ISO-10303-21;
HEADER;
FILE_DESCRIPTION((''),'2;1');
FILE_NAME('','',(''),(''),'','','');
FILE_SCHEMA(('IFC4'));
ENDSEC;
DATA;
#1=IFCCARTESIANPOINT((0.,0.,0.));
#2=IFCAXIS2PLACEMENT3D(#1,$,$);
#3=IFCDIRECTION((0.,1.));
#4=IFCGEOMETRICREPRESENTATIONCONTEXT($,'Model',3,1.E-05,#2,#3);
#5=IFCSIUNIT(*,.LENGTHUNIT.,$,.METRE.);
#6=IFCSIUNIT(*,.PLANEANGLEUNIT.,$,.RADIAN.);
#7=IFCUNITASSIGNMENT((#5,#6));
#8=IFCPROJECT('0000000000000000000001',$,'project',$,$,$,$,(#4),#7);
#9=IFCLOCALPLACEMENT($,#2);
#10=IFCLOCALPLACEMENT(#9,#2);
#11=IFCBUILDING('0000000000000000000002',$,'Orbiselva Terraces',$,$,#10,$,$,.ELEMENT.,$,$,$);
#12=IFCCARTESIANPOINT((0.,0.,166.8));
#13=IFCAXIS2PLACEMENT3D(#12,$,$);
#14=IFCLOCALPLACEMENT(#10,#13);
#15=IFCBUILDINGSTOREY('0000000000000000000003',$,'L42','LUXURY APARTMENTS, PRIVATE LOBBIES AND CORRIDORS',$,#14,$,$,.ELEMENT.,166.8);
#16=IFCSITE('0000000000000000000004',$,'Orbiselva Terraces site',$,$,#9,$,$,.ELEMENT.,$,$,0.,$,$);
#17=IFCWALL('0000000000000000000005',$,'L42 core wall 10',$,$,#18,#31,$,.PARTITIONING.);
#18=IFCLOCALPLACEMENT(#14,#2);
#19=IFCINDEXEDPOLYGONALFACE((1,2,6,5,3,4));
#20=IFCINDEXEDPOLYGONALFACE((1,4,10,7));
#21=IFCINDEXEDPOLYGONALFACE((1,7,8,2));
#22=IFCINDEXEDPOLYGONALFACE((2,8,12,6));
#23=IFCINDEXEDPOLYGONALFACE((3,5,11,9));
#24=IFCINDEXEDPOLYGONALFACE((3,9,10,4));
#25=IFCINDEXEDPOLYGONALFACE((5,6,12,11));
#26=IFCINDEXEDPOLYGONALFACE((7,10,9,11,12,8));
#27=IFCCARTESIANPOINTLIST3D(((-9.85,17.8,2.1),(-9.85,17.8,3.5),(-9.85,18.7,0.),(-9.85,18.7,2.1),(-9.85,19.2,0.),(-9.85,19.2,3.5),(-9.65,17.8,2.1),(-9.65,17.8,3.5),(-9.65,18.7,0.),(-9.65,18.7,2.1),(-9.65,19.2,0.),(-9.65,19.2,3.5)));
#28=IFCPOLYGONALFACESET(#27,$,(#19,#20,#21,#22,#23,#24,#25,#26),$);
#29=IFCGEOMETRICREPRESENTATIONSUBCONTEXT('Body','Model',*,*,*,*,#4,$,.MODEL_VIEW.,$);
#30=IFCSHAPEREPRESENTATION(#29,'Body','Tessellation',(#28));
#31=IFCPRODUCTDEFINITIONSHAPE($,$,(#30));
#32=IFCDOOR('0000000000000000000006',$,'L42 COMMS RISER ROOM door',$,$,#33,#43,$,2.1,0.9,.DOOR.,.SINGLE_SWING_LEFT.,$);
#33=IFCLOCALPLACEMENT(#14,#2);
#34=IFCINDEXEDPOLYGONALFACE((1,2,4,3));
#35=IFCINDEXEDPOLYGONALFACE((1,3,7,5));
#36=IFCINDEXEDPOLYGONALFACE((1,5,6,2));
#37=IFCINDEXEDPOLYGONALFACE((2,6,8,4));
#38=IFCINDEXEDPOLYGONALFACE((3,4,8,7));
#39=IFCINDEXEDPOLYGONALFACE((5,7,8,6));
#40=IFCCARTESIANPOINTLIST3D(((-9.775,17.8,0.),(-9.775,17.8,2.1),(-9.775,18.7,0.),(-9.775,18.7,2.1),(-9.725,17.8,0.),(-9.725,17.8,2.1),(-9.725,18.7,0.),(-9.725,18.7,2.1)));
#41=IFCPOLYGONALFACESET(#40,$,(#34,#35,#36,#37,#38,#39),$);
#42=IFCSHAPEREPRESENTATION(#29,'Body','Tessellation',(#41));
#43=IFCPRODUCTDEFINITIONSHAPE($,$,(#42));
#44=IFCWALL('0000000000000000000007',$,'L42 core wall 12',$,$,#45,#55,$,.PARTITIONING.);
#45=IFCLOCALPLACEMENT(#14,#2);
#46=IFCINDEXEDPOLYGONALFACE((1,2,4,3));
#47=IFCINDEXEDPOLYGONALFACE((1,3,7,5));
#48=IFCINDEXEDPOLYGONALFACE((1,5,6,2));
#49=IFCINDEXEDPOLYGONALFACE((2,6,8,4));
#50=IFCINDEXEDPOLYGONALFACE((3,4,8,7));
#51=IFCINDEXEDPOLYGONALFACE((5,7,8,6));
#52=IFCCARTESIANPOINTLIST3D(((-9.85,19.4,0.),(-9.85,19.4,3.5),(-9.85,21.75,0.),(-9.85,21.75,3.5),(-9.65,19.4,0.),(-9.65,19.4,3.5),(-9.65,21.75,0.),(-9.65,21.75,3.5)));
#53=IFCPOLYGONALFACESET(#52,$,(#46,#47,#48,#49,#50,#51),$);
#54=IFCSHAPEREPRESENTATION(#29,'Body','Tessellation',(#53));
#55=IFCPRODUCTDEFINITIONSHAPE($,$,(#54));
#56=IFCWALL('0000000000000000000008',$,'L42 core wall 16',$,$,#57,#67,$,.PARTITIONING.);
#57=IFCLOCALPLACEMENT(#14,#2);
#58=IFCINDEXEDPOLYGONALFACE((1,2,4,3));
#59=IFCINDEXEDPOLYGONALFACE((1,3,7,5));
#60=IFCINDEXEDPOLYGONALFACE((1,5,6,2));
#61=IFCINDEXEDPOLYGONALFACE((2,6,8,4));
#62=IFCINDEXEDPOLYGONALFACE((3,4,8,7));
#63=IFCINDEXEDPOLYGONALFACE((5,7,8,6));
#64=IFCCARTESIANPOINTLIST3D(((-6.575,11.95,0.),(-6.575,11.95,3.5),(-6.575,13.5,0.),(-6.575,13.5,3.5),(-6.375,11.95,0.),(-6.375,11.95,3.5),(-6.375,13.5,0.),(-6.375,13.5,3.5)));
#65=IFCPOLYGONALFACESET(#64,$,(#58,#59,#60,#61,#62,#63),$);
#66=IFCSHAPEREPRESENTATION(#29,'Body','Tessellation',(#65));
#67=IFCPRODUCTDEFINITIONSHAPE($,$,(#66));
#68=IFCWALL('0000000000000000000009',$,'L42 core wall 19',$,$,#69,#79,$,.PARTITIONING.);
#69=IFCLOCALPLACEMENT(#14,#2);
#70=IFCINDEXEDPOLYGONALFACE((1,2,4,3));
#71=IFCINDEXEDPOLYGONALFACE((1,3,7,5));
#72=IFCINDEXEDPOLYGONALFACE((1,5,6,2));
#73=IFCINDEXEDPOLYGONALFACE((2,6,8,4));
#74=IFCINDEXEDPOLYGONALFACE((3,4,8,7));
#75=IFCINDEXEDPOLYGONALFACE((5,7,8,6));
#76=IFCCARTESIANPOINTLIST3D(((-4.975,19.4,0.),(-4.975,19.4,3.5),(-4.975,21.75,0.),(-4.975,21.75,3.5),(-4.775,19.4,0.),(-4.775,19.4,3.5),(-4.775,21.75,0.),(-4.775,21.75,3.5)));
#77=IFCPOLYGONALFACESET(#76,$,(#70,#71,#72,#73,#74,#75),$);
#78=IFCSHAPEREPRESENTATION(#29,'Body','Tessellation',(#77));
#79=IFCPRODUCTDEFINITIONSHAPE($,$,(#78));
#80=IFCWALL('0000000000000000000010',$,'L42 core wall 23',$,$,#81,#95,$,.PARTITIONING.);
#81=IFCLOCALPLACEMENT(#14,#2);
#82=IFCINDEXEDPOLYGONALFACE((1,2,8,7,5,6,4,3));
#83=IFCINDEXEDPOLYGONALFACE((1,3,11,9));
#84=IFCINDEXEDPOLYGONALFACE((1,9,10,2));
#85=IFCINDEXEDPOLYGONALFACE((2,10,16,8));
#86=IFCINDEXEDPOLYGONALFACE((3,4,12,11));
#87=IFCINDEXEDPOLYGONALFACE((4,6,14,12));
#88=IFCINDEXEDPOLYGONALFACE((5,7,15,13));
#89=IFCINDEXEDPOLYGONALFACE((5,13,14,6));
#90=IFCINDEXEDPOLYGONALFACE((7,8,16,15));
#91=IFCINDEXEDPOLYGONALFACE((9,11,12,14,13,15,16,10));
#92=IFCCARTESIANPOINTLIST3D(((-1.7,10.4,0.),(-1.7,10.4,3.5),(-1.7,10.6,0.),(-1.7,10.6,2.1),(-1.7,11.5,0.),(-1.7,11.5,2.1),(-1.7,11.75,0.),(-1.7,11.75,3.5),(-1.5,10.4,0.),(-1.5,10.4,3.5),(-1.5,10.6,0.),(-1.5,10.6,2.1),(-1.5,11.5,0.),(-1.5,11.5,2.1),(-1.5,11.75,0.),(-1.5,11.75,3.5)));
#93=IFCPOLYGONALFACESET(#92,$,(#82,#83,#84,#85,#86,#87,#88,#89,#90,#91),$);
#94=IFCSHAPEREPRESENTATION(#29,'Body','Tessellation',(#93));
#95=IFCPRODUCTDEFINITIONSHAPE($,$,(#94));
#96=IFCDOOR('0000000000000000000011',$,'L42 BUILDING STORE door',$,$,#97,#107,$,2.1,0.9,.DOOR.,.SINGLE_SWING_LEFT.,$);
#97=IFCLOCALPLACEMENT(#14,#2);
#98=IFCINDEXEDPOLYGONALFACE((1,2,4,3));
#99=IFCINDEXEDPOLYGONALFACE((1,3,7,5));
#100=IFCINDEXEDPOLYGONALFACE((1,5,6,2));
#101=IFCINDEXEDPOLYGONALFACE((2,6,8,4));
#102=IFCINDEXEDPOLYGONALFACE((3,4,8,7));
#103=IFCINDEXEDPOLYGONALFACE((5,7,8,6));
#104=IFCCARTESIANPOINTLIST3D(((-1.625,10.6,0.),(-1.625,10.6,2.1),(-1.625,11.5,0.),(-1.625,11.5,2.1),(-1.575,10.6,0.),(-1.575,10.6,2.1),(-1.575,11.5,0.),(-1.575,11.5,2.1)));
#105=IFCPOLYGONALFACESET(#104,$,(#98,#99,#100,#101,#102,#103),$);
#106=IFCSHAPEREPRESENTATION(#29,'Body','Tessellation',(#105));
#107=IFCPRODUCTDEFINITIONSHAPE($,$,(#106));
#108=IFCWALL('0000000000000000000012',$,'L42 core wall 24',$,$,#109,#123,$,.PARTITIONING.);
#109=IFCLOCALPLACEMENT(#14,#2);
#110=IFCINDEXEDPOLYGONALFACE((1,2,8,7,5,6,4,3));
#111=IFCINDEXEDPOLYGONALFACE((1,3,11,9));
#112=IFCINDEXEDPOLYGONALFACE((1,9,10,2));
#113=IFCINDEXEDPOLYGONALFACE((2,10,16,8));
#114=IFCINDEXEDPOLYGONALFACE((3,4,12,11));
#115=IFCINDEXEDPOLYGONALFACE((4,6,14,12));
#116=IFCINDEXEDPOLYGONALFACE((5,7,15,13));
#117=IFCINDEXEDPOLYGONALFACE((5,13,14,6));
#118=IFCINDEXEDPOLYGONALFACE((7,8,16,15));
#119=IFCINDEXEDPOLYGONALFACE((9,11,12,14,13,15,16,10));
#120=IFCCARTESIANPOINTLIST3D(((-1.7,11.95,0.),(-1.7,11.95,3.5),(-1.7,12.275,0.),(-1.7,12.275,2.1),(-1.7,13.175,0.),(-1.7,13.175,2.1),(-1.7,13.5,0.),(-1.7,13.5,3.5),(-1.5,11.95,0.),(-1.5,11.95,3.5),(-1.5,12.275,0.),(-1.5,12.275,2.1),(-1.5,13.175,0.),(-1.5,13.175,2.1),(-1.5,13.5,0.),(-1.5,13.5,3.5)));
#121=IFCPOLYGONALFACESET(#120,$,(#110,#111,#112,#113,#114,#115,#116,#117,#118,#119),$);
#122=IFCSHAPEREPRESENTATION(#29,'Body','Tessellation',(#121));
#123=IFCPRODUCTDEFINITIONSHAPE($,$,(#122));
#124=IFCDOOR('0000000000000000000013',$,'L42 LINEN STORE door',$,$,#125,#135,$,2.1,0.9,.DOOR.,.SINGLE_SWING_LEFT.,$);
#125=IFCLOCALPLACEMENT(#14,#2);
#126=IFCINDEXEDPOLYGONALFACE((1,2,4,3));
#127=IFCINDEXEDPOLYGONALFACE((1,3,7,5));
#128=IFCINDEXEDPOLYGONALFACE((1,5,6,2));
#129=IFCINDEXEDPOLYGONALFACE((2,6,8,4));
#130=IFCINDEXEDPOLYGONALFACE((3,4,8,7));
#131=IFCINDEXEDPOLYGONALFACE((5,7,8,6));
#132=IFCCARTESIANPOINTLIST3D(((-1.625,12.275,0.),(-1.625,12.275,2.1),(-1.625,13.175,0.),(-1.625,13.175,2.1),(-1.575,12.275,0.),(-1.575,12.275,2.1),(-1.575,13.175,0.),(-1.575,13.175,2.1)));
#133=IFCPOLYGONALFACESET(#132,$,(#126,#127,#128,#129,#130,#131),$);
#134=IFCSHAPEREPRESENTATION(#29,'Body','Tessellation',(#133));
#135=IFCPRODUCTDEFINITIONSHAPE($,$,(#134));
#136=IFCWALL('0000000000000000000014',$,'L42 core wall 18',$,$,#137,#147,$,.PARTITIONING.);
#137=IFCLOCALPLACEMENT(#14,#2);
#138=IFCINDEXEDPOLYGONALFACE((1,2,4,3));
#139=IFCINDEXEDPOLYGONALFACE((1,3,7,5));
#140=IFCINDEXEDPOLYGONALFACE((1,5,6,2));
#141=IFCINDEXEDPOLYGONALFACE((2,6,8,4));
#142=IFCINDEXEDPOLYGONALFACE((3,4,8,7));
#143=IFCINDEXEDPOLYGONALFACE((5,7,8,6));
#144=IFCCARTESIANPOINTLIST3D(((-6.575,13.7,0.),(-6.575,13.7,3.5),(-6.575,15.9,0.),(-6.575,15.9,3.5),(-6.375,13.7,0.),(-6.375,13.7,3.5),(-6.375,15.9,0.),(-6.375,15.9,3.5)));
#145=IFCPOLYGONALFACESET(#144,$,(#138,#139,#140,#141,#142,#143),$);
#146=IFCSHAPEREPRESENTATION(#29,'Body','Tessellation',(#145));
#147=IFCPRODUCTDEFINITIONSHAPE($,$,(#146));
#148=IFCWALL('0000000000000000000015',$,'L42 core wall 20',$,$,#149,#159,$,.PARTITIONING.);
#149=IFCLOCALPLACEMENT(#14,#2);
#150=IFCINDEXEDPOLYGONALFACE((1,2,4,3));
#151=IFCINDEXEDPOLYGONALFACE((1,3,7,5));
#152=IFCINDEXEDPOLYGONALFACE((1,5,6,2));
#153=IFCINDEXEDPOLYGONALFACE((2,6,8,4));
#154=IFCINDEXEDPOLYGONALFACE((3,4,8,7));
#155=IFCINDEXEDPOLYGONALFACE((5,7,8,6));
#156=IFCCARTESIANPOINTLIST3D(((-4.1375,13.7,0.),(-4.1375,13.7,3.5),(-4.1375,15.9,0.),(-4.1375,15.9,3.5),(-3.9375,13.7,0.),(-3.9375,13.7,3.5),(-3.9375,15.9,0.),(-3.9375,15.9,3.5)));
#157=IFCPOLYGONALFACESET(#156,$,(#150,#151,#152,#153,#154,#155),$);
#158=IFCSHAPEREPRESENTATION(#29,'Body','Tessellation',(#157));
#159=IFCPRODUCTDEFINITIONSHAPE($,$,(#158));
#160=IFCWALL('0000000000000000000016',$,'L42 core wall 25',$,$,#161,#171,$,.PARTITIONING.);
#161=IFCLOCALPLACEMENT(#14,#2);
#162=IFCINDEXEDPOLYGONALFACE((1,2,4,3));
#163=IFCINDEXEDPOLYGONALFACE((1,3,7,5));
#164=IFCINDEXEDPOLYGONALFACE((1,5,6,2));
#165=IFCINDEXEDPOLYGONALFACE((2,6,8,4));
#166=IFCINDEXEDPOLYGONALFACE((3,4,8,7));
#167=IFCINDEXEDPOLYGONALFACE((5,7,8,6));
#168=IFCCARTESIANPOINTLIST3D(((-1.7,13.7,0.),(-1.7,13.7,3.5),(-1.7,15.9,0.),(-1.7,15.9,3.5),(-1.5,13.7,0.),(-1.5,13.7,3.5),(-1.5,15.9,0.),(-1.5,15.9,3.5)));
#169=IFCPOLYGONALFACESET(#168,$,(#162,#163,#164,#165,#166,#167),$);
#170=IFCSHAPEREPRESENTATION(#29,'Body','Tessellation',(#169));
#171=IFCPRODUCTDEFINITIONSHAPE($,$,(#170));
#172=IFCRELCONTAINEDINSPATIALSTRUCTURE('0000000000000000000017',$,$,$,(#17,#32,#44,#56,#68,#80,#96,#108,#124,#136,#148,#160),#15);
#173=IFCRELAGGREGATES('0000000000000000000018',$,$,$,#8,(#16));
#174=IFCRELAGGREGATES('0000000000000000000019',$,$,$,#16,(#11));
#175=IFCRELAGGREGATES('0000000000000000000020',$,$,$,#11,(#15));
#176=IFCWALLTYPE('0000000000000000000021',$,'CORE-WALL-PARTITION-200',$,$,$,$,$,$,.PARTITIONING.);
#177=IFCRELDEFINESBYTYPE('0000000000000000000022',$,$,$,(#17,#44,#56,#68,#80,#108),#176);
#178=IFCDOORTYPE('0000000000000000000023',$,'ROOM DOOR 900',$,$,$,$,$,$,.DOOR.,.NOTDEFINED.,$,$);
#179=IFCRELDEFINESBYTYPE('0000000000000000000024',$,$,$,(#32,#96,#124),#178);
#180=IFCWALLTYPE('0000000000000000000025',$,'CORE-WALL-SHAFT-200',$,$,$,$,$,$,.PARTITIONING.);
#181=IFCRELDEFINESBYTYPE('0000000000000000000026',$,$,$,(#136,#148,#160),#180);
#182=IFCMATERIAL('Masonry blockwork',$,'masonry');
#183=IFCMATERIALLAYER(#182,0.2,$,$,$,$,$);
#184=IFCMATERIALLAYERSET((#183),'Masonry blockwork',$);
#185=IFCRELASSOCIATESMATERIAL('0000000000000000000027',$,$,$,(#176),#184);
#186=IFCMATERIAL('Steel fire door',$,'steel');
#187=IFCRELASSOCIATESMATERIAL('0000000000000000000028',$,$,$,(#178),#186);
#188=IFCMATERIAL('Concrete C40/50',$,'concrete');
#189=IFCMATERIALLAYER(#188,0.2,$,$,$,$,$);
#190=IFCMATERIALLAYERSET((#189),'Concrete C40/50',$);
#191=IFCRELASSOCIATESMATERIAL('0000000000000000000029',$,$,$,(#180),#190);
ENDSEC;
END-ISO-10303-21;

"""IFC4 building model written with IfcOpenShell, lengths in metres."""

from ifc_helpers import new_model, si_unit, direction, frame, frame_2d, origin, place, context, subcontext, project, spatial, rectangle, extrude, material, layer, layer_set, type_object, element, fill, save


model = new_model("IFC4")

# Units and contexts
model_context = context("Model", 3, precision=1e-05, world=origin(), true_north=direction((0.0, 1.0)))
body_context = subcontext(model_context, "Body", "Model", "MODEL_VIEW")
ifc_project = project(units=[si_unit("LENGTHUNIT", "METRE"), si_unit("PLANEANGLEUNIT", "RADIAN")], contexts=[model_context])

# Site, building, storey
site_placement = place(None, origin())
site = spatial("IfcSite", under=ifc_project, at=site_placement, Name="Orbiselva Terraces site", CompositionType="ELEMENT", RefElevation=0.0)
building_placement = place(site_placement, origin())
building = spatial("IfcBuilding", under=site, at=building_placement, Name="Orbiselva Terraces", CompositionType="ELEMENT")
storey_placement = place(building_placement, frame((0.0, 0.0, 166.8)))
storey = spatial("IfcBuildingStorey", under=building, at=storey_placement, Name="L42", Description="LUXURY APARTMENTS, PRIVATE LOBBIES AND CORRIDORS", CompositionType="ELEMENT", Elevation=166.8)

# Wall, opening, door
ifc_material_1 = material(Name="Masonry blockwork", Category="masonry")
ifc_layer_1 = layer(ifc_material_1, 0.2)
ifc_layer_set_1 = layer_set([ifc_layer_1], Name="Masonry blockwork")
wall_type_1 = type_object("IfcWallType", Name="CORE-WALL-PARTITION-200", PredefinedType="PARTITIONING", material=ifc_layer_set_1)
wall_1_placement = place(storey_placement, frame((-9.75, 17.8, 0.0), z_axis=(0.0, 0.0, 1.0), x_axis=(0.0, 1.0, 0.0)))
wall_1 = element("IfcWall", 1, at=wall_1_placement, inside=storey, type_object=wall_type_1, Name="L42 core wall 10", PredefinedType="PARTITIONING", context=body_context, shape_type="SweptSolid", body=[
    extrude(rectangle(XDim=1.4, YDim=0.2, at=frame_2d((0.7, 0.0))), origin(), (0.0, 0.0, 1.0), 3.5),
])
opening_1_placement = place(wall_1_placement, origin())
opening_1 = element("IfcOpeningElement", 2, at=opening_1_placement, cuts=wall_1, PredefinedType="OPENING", context=body_context, shape_type="SweptSolid", body=[
    extrude(rectangle(XDim=0.9, YDim=2.1, at=frame_2d((0.45, 1.05))), frame((0.0, 0.11, 0.0), z_axis=(0.0, -1.0, 0.0), x_axis=(1.0, 0.0, 0.0)), (0.0, 0.0, 1.0), 0.22),
])
ifc_material_2 = material(Name="Steel fire door", Category="steel")
door_type_1 = type_object("IfcDoorType", Name="ROOM DOOR 900", OperationType="NOTDEFINED", PredefinedType="DOOR", material=ifc_material_2)
door_1_placement = place(opening_1_placement, origin())
door_1 = element("IfcDoor", 3, at=door_1_placement, inside=storey, type_object=door_type_1, Name="L42 COMMS RISER ROOM door", OperationType="SINGLE_SWING_LEFT", OverallHeight=2.1, OverallWidth=0.9, PredefinedType="DOOR", context=body_context, shape_type="SweptSolid", body=[
    extrude(rectangle(XDim=0.9, YDim=2.1, at=frame_2d((0.45, 1.05))), frame((0.0, 0.025, 0.0), z_axis=(0.0, -1.0, 0.0), x_axis=(1.0, 0.0, 0.0)), (0.0, 0.0, 1.0), 0.05),
])
fill(opening_1, door_1)

# Walls
wall_2_placement = place(storey_placement, frame((-9.75, 19.4, 0.0), z_axis=(0.0, 0.0, 1.0), x_axis=(0.0, 1.0, 0.0)))
element("IfcWall", 4, at=wall_2_placement, inside=storey, type_object=wall_type_1, Name="L42 core wall 12", PredefinedType="PARTITIONING", context=body_context, shape_type="SweptSolid", body=[
    extrude(rectangle(XDim=2.35, YDim=0.2, at=frame_2d((1.175, 0.0))), origin(), (0.0, 0.0, 1.0), 3.5),
])
wall_3_placement = place(storey_placement, frame((-6.475, 11.95, 0.0), z_axis=(0.0, 0.0, 1.0), x_axis=(0.0, 1.0, 0.0)))
element("IfcWall", 5, at=wall_3_placement, inside=storey, type_object=wall_type_1, Name="L42 core wall 16", PredefinedType="PARTITIONING", context=body_context, shape_type="SweptSolid", body=[
    extrude(rectangle(XDim=1.55, YDim=0.2, at=frame_2d((0.775, 0.0))), origin(), (0.0, 0.0, 1.0), 3.5),
])
wall_4_placement = place(storey_placement, frame((-4.875, 19.4, 0.0), z_axis=(0.0, 0.0, 1.0), x_axis=(0.0, 1.0, 0.0)))
element("IfcWall", 6, at=wall_4_placement, inside=storey, type_object=wall_type_1, Name="L42 core wall 19", PredefinedType="PARTITIONING", context=body_context, shape_type="SweptSolid", body=[
    extrude(rectangle(XDim=2.35, YDim=0.2, at=frame_2d((1.175, 0.0))), origin(), (0.0, 0.0, 1.0), 3.5),
])

# Walls, openings, doors
wall_5_placement = place(storey_placement, frame((-1.6, 10.4, 0.0), z_axis=(0.0, 0.0, 1.0), x_axis=(0.0, 1.0, 0.0)))
wall_5 = element("IfcWall", 7, at=wall_5_placement, inside=storey, type_object=wall_type_1, Name="L42 core wall 23", PredefinedType="PARTITIONING", context=body_context, shape_type="SweptSolid", body=[
    extrude(rectangle(XDim=1.35, YDim=0.2, at=frame_2d((0.675, 0.0))), origin(), (0.0, 0.0, 1.0), 3.5),
])
opening_2_placement = place(wall_5_placement, frame((0.2, 0.0, 0.0)))
opening_2 = element("IfcOpeningElement", 8, at=opening_2_placement, cuts=wall_5, PredefinedType="OPENING", context=body_context, shape_type="SweptSolid", body=[
    extrude(rectangle(XDim=0.9, YDim=2.1, at=frame_2d((0.45, 1.05))), frame((0.0, 0.11, 0.0), z_axis=(0.0, -1.0, 0.0), x_axis=(1.0, 0.0, 0.0)), (0.0, 0.0, 1.0), 0.22),
])
door_2_placement = place(opening_2_placement, origin())
door_2 = element("IfcDoor", 9, at=door_2_placement, inside=storey, type_object=door_type_1, Name="L42 BUILDING STORE door", OperationType="SINGLE_SWING_LEFT", OverallHeight=2.1, OverallWidth=0.9, PredefinedType="DOOR", context=body_context, shape_type="SweptSolid", body=[
    extrude(rectangle(XDim=0.9, YDim=2.1, at=frame_2d((0.45, 1.05))), frame((0.0, 0.025, 0.0), z_axis=(0.0, -1.0, 0.0), x_axis=(1.0, 0.0, 0.0)), (0.0, 0.0, 1.0), 0.05),
])
fill(opening_2, door_2)
wall_6_placement = place(storey_placement, frame((-1.6, 11.95, 0.0), z_axis=(0.0, 0.0, 1.0), x_axis=(0.0, 1.0, 0.0)))
wall_6 = element("IfcWall", 10, at=wall_6_placement, inside=storey, type_object=wall_type_1, Name="L42 core wall 24", PredefinedType="PARTITIONING", context=body_context, shape_type="SweptSolid", body=[
    extrude(rectangle(XDim=1.55, YDim=0.2, at=frame_2d((0.775, 0.0))), origin(), (0.0, 0.0, 1.0), 3.5),
])
opening_3_placement = place(wall_6_placement, frame((0.325, 0.0, 0.0)))
opening_3 = element("IfcOpeningElement", 11, at=opening_3_placement, cuts=wall_6, PredefinedType="OPENING", context=body_context, shape_type="SweptSolid", body=[
    extrude(rectangle(XDim=0.9, YDim=2.1, at=frame_2d((0.45, 1.05))), frame((0.0, 0.11, 0.0), z_axis=(0.0, -1.0, 0.0), x_axis=(1.0, 0.0, 0.0)), (0.0, 0.0, 1.0), 0.22),
])
door_3_placement = place(opening_3_placement, origin())
door_3 = element("IfcDoor", 12, at=door_3_placement, inside=storey, type_object=door_type_1, Name="L42 LINEN STORE door", OperationType="SINGLE_SWING_LEFT", OverallHeight=2.1, OverallWidth=0.9, PredefinedType="DOOR", context=body_context, shape_type="SweptSolid", body=[
    extrude(rectangle(XDim=0.9, YDim=2.1, at=frame_2d((0.45, 1.05))), frame((0.0, 0.025, 0.0), z_axis=(0.0, -1.0, 0.0), x_axis=(1.0, 0.0, 0.0)), (0.0, 0.0, 1.0), 0.05),
])
fill(opening_3, door_3)

# Walls
ifc_material_3 = material(Name="Concrete C40/50", Category="concrete")
ifc_layer_2 = layer(ifc_material_3, 0.2)
ifc_layer_set_2 = layer_set([ifc_layer_2], Name="Concrete C40/50")
wall_type_2 = type_object("IfcWallType", Name="CORE-WALL-SHAFT-200", PredefinedType="PARTITIONING", material=ifc_layer_set_2)
for number, where, z_axis, x_axis, name in (
    (13, (-6.475, 13.7, 0.0), (0.0, 0.0, 1.0), (0.0, 1.0, 0.0), "L42 core wall 18"),
    (14, (-4.0375, 13.7, 0.0), (0.0, 0.0, 1.0), (0.0, 1.0, 0.0), "L42 core wall 20"),
    (15, (-1.6, 13.7, 0.0), (0.0, 0.0, 1.0), (0.0, 1.0, 0.0), "L42 core wall 25"),
):
    element("IfcWall", number, at=place(storey_placement, frame(where, z_axis=z_axis, x_axis=x_axis)), inside=storey, type_object=wall_type_2, Name=name, PredefinedType="PARTITIONING", context=body_context, shape_type="SweptSolid", body=[
        extrude(rectangle(XDim=2.2, YDim=0.2, at=frame_2d((1.1, 0.0))), origin(), (0.0, 0.0, 1.0), 3.5),
    ])

save(model, "model.ifc")
